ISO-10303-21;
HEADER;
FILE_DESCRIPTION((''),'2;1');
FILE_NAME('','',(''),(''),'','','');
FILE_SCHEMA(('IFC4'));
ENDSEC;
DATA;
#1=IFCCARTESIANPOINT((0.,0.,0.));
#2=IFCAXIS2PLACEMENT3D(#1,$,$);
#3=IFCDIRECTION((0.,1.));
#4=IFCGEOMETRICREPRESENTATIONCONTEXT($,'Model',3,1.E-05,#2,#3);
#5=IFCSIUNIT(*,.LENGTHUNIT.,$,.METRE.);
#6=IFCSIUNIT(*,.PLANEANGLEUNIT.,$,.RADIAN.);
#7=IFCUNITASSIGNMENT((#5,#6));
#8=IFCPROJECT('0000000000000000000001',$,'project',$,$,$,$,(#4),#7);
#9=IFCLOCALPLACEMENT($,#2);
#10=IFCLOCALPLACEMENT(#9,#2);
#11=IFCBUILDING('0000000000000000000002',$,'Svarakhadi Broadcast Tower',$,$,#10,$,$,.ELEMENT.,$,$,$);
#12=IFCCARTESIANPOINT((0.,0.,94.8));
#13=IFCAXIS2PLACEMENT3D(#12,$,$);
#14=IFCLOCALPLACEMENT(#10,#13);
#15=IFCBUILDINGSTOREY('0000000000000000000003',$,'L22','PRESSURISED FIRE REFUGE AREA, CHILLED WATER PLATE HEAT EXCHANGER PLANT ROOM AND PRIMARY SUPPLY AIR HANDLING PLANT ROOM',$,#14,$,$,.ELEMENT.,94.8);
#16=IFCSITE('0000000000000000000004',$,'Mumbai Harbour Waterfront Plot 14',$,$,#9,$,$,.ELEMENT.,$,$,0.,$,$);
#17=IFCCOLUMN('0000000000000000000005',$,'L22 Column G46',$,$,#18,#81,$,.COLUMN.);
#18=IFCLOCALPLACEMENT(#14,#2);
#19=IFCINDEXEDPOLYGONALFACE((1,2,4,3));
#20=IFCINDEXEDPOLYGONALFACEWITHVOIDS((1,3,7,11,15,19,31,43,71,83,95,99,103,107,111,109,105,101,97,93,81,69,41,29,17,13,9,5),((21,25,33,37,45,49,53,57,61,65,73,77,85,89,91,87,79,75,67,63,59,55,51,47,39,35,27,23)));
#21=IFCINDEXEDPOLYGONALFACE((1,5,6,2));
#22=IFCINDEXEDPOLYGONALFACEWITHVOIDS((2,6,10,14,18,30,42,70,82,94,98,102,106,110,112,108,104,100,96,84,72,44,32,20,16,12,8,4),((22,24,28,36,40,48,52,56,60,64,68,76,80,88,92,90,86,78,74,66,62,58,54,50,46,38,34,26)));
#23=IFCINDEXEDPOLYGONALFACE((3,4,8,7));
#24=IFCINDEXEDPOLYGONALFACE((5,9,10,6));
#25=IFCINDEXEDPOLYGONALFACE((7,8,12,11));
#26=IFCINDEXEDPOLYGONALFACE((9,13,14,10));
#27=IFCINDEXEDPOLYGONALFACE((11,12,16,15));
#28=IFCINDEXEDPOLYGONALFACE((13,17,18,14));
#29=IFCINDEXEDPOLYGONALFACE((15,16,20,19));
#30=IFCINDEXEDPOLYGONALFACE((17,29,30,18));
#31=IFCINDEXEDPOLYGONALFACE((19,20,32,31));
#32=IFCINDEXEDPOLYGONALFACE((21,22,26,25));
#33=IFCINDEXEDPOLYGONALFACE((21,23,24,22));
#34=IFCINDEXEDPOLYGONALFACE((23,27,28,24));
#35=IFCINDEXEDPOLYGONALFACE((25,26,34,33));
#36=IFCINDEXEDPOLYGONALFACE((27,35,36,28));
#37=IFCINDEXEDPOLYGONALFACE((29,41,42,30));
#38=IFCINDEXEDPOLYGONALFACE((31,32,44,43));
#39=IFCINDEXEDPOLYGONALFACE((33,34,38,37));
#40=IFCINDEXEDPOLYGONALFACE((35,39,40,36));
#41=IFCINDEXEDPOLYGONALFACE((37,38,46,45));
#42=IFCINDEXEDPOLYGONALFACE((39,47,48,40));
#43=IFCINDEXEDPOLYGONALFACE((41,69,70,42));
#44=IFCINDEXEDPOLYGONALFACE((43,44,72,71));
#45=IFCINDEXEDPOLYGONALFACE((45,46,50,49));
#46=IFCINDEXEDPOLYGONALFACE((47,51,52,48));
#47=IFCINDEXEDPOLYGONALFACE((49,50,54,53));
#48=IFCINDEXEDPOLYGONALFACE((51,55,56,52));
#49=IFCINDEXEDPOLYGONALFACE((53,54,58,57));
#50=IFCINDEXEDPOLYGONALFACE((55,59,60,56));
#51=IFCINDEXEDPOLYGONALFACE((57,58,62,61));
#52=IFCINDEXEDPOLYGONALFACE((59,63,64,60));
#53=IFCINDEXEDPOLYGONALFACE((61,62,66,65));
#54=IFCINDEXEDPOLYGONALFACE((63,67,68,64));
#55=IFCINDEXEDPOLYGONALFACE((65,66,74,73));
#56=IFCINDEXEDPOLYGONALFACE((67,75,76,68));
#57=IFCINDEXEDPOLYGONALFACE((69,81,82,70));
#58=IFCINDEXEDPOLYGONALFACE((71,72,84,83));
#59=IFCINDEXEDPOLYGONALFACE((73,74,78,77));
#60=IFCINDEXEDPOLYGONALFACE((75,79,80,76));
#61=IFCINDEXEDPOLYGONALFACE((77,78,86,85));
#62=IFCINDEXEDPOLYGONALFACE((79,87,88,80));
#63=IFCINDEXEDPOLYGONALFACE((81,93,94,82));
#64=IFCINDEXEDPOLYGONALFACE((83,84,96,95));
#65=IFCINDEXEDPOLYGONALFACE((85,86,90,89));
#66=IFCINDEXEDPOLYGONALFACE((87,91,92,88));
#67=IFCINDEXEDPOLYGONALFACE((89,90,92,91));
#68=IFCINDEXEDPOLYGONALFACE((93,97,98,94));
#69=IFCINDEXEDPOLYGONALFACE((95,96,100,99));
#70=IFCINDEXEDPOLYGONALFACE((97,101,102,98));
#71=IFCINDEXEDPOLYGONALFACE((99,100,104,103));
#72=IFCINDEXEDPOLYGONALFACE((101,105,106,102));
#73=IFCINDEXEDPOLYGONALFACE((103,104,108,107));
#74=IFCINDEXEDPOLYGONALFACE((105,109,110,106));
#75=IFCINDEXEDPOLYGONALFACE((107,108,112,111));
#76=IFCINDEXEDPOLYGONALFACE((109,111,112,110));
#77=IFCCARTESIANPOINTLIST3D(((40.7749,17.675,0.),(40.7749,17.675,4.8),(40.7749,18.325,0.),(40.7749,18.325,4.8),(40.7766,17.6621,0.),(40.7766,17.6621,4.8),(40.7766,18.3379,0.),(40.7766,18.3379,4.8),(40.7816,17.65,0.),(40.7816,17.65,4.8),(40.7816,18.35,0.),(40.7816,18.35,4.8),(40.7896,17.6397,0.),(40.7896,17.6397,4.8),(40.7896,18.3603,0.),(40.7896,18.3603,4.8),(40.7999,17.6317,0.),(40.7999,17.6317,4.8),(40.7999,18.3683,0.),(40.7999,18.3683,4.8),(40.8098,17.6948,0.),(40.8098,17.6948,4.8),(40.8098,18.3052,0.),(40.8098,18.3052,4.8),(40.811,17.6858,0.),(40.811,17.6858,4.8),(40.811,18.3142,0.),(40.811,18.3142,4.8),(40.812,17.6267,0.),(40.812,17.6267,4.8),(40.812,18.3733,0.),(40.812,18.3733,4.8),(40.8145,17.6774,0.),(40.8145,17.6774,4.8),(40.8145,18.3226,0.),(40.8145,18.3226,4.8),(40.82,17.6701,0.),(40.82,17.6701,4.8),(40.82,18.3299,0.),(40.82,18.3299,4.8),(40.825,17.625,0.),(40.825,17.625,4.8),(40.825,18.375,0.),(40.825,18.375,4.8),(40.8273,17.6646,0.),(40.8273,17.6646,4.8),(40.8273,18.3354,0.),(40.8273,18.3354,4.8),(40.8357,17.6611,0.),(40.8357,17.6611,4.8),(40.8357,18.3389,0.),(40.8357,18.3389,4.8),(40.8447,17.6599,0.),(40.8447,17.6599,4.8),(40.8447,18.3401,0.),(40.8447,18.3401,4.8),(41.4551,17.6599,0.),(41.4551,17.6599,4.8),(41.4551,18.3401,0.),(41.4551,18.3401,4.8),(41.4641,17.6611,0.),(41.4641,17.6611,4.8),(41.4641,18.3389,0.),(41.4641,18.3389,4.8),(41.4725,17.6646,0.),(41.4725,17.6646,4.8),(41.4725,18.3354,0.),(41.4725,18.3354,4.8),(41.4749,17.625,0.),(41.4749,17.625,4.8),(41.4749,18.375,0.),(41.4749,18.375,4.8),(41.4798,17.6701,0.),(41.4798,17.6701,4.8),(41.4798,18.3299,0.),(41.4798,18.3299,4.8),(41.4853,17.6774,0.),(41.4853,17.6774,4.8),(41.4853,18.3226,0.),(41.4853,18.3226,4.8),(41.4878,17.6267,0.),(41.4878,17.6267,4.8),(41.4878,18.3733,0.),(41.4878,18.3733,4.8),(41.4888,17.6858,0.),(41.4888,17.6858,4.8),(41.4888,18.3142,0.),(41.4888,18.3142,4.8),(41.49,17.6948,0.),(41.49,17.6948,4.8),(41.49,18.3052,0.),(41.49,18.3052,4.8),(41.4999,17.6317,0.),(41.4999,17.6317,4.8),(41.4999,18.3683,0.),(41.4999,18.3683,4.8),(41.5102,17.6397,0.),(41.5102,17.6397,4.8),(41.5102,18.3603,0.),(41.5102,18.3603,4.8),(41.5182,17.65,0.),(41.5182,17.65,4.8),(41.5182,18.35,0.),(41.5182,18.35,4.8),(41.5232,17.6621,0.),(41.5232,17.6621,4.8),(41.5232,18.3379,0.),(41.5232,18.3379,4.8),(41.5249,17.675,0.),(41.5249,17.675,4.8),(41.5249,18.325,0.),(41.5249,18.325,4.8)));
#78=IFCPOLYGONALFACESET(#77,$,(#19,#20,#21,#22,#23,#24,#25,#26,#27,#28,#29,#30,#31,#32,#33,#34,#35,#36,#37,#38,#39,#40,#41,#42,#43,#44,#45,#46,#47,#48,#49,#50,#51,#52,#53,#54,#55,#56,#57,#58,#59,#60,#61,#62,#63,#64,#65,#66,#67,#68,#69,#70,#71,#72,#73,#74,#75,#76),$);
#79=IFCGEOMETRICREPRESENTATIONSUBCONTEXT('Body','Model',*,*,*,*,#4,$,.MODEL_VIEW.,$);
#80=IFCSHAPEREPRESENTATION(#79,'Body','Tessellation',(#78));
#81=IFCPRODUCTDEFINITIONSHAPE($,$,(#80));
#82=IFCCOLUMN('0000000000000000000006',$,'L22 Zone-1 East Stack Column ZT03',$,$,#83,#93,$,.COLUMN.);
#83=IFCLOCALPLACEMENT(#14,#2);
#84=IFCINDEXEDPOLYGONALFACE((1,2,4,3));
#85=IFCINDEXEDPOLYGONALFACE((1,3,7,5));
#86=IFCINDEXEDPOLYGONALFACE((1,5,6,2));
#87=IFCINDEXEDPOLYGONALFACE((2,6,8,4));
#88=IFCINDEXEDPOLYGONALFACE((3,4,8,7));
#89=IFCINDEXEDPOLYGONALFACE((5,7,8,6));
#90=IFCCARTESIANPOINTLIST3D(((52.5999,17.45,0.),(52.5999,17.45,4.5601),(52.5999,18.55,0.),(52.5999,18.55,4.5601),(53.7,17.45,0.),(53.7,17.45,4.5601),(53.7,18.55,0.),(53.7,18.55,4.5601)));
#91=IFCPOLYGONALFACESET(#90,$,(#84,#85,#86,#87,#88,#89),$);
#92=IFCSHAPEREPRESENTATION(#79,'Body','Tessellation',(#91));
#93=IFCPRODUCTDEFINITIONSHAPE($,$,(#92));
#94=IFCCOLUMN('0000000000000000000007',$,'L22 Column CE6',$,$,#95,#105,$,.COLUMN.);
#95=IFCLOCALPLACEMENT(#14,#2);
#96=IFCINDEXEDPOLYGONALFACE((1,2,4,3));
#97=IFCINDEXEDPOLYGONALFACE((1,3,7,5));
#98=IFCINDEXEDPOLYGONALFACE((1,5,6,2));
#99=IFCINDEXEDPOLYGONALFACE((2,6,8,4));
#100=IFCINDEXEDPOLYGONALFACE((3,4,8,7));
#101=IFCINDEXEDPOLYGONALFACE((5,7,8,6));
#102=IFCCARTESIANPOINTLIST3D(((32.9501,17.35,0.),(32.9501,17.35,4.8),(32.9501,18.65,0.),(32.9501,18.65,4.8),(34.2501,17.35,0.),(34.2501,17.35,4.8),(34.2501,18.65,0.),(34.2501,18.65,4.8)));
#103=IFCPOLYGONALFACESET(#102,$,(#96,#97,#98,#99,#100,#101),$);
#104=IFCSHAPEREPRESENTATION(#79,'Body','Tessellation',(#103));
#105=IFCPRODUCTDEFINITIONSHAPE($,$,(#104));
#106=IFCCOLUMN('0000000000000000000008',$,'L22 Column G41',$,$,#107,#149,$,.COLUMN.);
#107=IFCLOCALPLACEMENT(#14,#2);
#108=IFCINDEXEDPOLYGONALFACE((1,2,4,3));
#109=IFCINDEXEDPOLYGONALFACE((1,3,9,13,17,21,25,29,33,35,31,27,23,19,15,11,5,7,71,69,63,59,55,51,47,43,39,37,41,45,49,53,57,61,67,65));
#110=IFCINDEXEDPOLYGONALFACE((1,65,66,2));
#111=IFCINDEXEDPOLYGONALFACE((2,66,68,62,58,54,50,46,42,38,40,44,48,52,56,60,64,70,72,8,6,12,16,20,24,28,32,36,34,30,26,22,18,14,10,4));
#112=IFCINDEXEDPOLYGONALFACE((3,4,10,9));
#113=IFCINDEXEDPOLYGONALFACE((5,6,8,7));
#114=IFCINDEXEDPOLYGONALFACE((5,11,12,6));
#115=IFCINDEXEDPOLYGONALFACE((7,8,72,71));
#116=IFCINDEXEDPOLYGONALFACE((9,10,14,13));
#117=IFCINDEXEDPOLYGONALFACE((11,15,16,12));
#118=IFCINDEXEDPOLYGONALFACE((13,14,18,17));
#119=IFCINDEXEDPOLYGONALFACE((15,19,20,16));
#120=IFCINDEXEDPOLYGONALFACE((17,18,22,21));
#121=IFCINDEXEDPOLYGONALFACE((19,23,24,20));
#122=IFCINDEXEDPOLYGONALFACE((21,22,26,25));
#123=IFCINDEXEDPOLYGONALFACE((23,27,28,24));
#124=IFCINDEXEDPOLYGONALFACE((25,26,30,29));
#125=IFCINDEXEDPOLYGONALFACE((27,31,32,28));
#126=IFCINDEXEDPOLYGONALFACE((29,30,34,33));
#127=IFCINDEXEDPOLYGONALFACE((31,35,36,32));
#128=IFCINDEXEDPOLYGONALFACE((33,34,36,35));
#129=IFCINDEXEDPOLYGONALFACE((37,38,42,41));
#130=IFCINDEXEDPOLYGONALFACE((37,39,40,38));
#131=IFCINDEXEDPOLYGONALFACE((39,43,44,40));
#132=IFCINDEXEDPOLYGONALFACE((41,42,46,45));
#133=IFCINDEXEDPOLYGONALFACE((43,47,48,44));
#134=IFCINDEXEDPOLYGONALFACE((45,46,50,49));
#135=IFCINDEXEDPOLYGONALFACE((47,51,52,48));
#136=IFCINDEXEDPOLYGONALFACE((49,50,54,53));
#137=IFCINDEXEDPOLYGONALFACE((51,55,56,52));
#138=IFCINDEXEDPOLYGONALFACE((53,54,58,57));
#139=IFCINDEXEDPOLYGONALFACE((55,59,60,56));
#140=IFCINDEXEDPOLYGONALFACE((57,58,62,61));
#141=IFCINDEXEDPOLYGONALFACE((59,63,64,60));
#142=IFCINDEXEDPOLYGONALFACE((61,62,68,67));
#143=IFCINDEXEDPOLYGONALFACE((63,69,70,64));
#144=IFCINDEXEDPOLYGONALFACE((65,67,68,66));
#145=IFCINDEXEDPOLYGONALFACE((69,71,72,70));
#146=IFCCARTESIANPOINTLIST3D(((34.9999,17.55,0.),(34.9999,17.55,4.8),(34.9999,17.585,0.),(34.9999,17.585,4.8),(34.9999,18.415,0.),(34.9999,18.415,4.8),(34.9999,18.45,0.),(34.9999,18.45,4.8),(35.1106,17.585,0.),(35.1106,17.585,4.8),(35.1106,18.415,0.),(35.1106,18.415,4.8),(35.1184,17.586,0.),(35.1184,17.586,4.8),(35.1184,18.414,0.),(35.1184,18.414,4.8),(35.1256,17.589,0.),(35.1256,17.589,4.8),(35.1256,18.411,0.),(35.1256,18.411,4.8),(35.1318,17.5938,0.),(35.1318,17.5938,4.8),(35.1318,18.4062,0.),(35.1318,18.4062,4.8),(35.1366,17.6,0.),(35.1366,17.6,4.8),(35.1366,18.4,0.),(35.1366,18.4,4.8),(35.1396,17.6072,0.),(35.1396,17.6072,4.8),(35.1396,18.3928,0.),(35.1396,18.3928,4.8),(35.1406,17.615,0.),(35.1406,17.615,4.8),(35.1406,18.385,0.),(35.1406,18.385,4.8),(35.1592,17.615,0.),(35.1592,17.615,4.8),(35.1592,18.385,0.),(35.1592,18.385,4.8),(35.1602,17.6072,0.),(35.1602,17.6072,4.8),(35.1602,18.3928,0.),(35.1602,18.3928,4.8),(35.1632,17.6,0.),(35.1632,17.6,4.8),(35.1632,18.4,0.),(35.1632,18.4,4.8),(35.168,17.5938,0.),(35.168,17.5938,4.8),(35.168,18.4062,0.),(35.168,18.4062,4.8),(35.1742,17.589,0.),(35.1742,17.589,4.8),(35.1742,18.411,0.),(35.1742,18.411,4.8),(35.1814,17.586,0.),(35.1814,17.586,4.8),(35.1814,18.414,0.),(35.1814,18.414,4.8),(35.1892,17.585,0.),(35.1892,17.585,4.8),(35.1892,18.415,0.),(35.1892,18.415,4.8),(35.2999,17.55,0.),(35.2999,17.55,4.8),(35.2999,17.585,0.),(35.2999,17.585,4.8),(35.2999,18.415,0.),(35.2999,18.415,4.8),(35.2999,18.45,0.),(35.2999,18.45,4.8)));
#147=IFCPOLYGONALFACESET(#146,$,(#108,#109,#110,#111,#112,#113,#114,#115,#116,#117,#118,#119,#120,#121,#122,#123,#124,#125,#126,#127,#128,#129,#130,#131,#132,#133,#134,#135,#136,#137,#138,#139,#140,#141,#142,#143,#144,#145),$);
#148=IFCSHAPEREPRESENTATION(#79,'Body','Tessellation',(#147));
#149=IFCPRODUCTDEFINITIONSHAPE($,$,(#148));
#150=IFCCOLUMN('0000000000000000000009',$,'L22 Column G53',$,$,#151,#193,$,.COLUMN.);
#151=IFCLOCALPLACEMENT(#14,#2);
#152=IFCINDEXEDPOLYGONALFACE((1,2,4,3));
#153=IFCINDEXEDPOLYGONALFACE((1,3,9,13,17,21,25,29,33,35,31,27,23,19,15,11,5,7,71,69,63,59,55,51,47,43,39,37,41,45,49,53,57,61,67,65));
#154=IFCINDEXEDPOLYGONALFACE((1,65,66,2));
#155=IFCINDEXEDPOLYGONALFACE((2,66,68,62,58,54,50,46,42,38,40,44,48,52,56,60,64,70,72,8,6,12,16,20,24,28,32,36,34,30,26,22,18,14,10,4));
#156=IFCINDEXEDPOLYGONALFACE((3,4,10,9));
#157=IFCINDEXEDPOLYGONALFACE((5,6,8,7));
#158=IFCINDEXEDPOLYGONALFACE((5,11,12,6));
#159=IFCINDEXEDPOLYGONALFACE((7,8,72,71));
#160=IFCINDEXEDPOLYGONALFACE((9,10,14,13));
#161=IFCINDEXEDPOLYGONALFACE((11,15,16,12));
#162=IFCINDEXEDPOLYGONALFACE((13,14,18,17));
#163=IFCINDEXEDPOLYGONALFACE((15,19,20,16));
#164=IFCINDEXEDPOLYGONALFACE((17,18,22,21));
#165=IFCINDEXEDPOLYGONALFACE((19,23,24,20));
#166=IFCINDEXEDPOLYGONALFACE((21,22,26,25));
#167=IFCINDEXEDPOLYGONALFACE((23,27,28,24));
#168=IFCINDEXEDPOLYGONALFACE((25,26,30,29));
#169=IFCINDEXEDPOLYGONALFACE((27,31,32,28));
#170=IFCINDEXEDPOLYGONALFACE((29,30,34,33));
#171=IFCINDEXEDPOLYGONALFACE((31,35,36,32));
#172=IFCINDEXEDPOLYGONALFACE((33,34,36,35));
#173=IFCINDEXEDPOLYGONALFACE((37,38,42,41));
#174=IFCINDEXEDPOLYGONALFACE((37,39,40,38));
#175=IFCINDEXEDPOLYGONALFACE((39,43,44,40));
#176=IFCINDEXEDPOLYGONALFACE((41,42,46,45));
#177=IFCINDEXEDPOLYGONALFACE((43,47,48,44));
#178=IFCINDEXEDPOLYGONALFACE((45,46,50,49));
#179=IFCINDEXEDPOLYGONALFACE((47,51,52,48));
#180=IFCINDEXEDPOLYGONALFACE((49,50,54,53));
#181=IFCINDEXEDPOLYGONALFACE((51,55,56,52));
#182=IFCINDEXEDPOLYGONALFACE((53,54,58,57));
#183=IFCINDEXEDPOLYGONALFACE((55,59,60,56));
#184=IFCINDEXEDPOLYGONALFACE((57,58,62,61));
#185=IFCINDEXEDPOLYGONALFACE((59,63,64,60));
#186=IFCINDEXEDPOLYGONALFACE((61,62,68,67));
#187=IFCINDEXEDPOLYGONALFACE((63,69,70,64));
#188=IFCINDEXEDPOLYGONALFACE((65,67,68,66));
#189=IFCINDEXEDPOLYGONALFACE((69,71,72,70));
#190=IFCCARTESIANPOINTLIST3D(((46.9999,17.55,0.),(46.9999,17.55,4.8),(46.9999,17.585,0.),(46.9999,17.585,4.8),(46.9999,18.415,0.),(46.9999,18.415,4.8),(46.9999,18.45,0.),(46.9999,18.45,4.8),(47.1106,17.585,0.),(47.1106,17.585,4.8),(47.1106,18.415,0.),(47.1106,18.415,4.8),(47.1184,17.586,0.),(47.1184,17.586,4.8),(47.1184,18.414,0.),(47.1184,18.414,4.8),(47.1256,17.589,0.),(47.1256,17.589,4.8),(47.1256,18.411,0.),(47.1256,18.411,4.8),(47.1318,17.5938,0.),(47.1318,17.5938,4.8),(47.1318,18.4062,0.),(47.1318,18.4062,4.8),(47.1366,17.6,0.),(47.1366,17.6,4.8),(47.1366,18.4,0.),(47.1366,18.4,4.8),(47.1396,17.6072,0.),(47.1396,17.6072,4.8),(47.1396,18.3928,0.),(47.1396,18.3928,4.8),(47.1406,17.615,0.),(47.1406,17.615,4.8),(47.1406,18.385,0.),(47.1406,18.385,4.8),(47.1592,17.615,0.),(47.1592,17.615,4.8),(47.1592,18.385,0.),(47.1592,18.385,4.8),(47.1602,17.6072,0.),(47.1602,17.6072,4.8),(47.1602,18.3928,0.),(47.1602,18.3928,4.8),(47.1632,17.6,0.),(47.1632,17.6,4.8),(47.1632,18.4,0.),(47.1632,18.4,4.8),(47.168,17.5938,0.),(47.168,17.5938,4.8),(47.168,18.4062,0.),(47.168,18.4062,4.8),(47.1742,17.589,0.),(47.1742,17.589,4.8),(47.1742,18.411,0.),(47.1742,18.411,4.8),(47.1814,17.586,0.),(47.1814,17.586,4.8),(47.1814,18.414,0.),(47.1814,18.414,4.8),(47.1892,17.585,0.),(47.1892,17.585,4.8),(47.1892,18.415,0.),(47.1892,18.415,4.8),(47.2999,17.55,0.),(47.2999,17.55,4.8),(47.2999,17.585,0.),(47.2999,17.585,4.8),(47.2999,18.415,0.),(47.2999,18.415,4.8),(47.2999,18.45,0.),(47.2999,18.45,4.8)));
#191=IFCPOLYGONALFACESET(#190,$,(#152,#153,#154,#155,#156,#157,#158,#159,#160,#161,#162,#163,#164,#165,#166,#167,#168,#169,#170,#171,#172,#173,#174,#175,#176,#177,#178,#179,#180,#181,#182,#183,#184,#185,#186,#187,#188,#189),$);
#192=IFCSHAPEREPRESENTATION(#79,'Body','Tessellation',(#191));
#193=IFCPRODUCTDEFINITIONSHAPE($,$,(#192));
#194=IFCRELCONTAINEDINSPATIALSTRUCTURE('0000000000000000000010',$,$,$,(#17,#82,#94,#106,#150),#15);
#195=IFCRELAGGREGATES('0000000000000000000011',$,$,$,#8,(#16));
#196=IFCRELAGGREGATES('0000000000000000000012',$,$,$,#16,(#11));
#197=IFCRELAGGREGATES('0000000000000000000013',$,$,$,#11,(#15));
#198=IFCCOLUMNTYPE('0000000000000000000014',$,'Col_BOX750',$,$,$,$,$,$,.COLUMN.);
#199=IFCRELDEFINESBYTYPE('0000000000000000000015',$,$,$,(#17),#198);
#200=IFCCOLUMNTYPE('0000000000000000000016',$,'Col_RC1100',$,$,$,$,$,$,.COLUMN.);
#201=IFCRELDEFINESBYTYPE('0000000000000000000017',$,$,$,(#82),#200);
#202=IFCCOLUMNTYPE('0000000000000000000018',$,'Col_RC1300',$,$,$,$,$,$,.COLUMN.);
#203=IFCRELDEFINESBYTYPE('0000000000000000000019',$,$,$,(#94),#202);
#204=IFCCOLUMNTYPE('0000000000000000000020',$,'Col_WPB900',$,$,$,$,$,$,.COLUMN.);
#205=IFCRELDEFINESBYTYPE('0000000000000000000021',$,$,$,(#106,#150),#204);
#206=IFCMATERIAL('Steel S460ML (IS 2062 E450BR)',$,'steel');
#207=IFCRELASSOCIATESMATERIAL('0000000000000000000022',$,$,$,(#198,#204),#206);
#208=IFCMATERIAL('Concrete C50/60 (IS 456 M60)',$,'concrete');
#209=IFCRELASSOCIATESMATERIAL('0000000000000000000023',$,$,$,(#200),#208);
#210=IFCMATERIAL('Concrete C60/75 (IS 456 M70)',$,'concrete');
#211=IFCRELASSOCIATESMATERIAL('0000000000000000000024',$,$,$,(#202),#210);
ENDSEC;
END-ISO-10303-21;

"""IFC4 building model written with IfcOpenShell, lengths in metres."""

from ifc_helpers import new_model, si_unit, direction, frame, origin, origin_2d, place, context, subcontext, project, spatial, rectangle, hollow_rectangle, i_section, extrude, material, material_profile, profile_set, type_object, element, save


model = new_model("IFC4")

# Units and contexts
model_context = context("Model", 3, precision=1e-05, world=origin(), true_north=direction((0.0, 1.0)))
body_context = subcontext(model_context, "Body", "Model", "MODEL_VIEW")
ifc_project = project(units=[si_unit("LENGTHUNIT", "METRE"), si_unit("PLANEANGLEUNIT", "RADIAN")], contexts=[model_context])

# Site, building, storey
site_placement = place(None, origin())
site = spatial("IfcSite", under=ifc_project, at=site_placement, Name="Mumbai Harbour Waterfront Plot 14", CompositionType="ELEMENT", RefElevation=0.0)
building_placement = place(site_placement, origin())
building = spatial("IfcBuilding", under=site, at=building_placement, Name="Svarakhadi Broadcast Tower", CompositionType="ELEMENT")
storey_placement = place(building_placement, frame((0.0, 0.0, 94.8)))
storey = spatial("IfcBuildingStorey", under=building, at=storey_placement, Name="L22", Description="PRESSURISED FIRE REFUGE AREA, CHILLED WATER PLATE HEAT EXCHANGER PLANT ROOM AND PRIMARY SUPPLY AIR HANDLING PLANT ROOM", CompositionType="ELEMENT", Elevation=94.8)

# Columns
ifc_material_1 = material(Name="Steel S460ML (IS 2062 E450BR)", Category="steel")
ifc_material_profile_1 = material_profile(ifc_material_1, hollow_rectangle(XDim=0.75, YDim=0.75, WallThickness=0.0349, InnerFilletRadius=0.0349, OuterFilletRadius=0.05, at=origin_2d()), Name="BOX 750x750x35")
ifc_profile_set_1 = profile_set([ifc_material_profile_1], Name="Steel S460ML (IS 2062 E450BR)")
column_type_1 = type_object("IfcColumnType", Name="Col_BOX750", PredefinedType="COLUMN", material=ifc_profile_set_1)
column_1_placement = place(storey_placement, frame((41.1499, 18.0, 0.0), z_axis=(0.0, 0.0, 1.0), x_axis=(1.0, 0.0, 0.0)))
element("IfcColumn", 1, at=column_1_placement, inside=storey, type_object=column_type_1, Name="L22 Column G46", PredefinedType="COLUMN", context=body_context, shape_type="SweptSolid", body=[
    extrude(hollow_rectangle(XDim=0.75, YDim=0.75, WallThickness=0.0349, InnerFilletRadius=0.0349, OuterFilletRadius=0.05, at=origin_2d()), origin(), (0.0, 0.0, 1.0), 4.8),
])
ifc_material_2 = material(Name="Concrete C50/60 (IS 456 M60)", Category="concrete")
ifc_material_profile_2 = material_profile(ifc_material_2, rectangle(XDim=1.1001, YDim=1.1001, at=origin_2d()), Name="RC 1100x1100")
ifc_profile_set_2 = profile_set([ifc_material_profile_2], Name="Concrete C50/60 (IS 456 M60)")
column_type_2 = type_object("IfcColumnType", Name="Col_RC1100", PredefinedType="COLUMN", material=ifc_profile_set_2)
column_2_placement = place(storey_placement, frame((53.1499, 18.0, 0.0), z_axis=(0.0, 0.0, 1.0), x_axis=(1.0, 0.0, 0.0)))
element("IfcColumn", 2, at=column_2_placement, inside=storey, type_object=column_type_2, Name="L22 Zone-1 East Stack Column ZT03", PredefinedType="COLUMN", context=body_context, shape_type="SweptSolid", body=[
    extrude(rectangle(XDim=1.1001, YDim=1.1001, at=origin_2d()), origin(), (0.0, 0.0, 1.0), 4.5601),
])
ifc_material_3 = material(Name="Concrete C60/75 (IS 456 M70)", Category="concrete")
ifc_material_profile_3 = material_profile(ifc_material_3, rectangle(XDim=1.3, YDim=1.3, at=origin_2d()), Name="RC 1300x1300")
ifc_profile_set_3 = profile_set([ifc_material_profile_3], Name="Concrete C60/75 (IS 456 M70)")
column_type_3 = type_object("IfcColumnType", Name="Col_RC1300", PredefinedType="COLUMN", material=ifc_profile_set_3)
column_3_placement = place(storey_placement, frame((33.6001, 18.0, 0.0), z_axis=(0.0, 0.0, 1.0), x_axis=(1.0, 0.0, 0.0)))
element("IfcColumn", 3, at=column_3_placement, inside=storey, type_object=column_type_3, Name="L22 Column CE6", PredefinedType="COLUMN", context=body_context, shape_type="SweptSolid", body=[
    extrude(rectangle(XDim=1.3, YDim=1.3, at=origin_2d()), origin(), (0.0, 0.0, 1.0), 4.8),
])
ifc_material_profile_4 = material_profile(ifc_material_1, i_section(OverallWidth=0.3, OverallDepth=0.8999, WebThickness=0.0186, FlangeThickness=0.0349, FilletRadius=0.03, at=origin_2d()), Name="WPB 900x300x291")
ifc_profile_set_4 = profile_set([ifc_material_profile_4], Name="Steel S460ML (IS 2062 E450BR)")
column_type_4 = type_object("IfcColumnType", Name="Col_WPB900", PredefinedType="COLUMN", material=ifc_profile_set_4)
for number, where, z_axis, x_axis, name in (
    (4, (35.1499, 18.0, 0.0), (0.0, 0.0, 1.0), (1.0, 0.0, 0.0), "L22 Column G41"),
    (5, (47.1499, 18.0, 0.0), (0.0, 0.0, 1.0), (1.0, 0.0, 0.0), "L22 Column G53"),
):
    element("IfcColumn", number, at=place(storey_placement, frame(where, z_axis=z_axis, x_axis=x_axis)), inside=storey, type_object=column_type_4, Name=name, PredefinedType="COLUMN", context=body_context, shape_type="SweptSolid", body=[
        extrude(i_section(OverallWidth=0.3, OverallDepth=0.8999, WebThickness=0.0186, FlangeThickness=0.0349, FilletRadius=0.03, at=origin_2d()), origin(), (0.0, 0.0, 1.0), 4.8),
    ])

save(model, "model.ifc")
